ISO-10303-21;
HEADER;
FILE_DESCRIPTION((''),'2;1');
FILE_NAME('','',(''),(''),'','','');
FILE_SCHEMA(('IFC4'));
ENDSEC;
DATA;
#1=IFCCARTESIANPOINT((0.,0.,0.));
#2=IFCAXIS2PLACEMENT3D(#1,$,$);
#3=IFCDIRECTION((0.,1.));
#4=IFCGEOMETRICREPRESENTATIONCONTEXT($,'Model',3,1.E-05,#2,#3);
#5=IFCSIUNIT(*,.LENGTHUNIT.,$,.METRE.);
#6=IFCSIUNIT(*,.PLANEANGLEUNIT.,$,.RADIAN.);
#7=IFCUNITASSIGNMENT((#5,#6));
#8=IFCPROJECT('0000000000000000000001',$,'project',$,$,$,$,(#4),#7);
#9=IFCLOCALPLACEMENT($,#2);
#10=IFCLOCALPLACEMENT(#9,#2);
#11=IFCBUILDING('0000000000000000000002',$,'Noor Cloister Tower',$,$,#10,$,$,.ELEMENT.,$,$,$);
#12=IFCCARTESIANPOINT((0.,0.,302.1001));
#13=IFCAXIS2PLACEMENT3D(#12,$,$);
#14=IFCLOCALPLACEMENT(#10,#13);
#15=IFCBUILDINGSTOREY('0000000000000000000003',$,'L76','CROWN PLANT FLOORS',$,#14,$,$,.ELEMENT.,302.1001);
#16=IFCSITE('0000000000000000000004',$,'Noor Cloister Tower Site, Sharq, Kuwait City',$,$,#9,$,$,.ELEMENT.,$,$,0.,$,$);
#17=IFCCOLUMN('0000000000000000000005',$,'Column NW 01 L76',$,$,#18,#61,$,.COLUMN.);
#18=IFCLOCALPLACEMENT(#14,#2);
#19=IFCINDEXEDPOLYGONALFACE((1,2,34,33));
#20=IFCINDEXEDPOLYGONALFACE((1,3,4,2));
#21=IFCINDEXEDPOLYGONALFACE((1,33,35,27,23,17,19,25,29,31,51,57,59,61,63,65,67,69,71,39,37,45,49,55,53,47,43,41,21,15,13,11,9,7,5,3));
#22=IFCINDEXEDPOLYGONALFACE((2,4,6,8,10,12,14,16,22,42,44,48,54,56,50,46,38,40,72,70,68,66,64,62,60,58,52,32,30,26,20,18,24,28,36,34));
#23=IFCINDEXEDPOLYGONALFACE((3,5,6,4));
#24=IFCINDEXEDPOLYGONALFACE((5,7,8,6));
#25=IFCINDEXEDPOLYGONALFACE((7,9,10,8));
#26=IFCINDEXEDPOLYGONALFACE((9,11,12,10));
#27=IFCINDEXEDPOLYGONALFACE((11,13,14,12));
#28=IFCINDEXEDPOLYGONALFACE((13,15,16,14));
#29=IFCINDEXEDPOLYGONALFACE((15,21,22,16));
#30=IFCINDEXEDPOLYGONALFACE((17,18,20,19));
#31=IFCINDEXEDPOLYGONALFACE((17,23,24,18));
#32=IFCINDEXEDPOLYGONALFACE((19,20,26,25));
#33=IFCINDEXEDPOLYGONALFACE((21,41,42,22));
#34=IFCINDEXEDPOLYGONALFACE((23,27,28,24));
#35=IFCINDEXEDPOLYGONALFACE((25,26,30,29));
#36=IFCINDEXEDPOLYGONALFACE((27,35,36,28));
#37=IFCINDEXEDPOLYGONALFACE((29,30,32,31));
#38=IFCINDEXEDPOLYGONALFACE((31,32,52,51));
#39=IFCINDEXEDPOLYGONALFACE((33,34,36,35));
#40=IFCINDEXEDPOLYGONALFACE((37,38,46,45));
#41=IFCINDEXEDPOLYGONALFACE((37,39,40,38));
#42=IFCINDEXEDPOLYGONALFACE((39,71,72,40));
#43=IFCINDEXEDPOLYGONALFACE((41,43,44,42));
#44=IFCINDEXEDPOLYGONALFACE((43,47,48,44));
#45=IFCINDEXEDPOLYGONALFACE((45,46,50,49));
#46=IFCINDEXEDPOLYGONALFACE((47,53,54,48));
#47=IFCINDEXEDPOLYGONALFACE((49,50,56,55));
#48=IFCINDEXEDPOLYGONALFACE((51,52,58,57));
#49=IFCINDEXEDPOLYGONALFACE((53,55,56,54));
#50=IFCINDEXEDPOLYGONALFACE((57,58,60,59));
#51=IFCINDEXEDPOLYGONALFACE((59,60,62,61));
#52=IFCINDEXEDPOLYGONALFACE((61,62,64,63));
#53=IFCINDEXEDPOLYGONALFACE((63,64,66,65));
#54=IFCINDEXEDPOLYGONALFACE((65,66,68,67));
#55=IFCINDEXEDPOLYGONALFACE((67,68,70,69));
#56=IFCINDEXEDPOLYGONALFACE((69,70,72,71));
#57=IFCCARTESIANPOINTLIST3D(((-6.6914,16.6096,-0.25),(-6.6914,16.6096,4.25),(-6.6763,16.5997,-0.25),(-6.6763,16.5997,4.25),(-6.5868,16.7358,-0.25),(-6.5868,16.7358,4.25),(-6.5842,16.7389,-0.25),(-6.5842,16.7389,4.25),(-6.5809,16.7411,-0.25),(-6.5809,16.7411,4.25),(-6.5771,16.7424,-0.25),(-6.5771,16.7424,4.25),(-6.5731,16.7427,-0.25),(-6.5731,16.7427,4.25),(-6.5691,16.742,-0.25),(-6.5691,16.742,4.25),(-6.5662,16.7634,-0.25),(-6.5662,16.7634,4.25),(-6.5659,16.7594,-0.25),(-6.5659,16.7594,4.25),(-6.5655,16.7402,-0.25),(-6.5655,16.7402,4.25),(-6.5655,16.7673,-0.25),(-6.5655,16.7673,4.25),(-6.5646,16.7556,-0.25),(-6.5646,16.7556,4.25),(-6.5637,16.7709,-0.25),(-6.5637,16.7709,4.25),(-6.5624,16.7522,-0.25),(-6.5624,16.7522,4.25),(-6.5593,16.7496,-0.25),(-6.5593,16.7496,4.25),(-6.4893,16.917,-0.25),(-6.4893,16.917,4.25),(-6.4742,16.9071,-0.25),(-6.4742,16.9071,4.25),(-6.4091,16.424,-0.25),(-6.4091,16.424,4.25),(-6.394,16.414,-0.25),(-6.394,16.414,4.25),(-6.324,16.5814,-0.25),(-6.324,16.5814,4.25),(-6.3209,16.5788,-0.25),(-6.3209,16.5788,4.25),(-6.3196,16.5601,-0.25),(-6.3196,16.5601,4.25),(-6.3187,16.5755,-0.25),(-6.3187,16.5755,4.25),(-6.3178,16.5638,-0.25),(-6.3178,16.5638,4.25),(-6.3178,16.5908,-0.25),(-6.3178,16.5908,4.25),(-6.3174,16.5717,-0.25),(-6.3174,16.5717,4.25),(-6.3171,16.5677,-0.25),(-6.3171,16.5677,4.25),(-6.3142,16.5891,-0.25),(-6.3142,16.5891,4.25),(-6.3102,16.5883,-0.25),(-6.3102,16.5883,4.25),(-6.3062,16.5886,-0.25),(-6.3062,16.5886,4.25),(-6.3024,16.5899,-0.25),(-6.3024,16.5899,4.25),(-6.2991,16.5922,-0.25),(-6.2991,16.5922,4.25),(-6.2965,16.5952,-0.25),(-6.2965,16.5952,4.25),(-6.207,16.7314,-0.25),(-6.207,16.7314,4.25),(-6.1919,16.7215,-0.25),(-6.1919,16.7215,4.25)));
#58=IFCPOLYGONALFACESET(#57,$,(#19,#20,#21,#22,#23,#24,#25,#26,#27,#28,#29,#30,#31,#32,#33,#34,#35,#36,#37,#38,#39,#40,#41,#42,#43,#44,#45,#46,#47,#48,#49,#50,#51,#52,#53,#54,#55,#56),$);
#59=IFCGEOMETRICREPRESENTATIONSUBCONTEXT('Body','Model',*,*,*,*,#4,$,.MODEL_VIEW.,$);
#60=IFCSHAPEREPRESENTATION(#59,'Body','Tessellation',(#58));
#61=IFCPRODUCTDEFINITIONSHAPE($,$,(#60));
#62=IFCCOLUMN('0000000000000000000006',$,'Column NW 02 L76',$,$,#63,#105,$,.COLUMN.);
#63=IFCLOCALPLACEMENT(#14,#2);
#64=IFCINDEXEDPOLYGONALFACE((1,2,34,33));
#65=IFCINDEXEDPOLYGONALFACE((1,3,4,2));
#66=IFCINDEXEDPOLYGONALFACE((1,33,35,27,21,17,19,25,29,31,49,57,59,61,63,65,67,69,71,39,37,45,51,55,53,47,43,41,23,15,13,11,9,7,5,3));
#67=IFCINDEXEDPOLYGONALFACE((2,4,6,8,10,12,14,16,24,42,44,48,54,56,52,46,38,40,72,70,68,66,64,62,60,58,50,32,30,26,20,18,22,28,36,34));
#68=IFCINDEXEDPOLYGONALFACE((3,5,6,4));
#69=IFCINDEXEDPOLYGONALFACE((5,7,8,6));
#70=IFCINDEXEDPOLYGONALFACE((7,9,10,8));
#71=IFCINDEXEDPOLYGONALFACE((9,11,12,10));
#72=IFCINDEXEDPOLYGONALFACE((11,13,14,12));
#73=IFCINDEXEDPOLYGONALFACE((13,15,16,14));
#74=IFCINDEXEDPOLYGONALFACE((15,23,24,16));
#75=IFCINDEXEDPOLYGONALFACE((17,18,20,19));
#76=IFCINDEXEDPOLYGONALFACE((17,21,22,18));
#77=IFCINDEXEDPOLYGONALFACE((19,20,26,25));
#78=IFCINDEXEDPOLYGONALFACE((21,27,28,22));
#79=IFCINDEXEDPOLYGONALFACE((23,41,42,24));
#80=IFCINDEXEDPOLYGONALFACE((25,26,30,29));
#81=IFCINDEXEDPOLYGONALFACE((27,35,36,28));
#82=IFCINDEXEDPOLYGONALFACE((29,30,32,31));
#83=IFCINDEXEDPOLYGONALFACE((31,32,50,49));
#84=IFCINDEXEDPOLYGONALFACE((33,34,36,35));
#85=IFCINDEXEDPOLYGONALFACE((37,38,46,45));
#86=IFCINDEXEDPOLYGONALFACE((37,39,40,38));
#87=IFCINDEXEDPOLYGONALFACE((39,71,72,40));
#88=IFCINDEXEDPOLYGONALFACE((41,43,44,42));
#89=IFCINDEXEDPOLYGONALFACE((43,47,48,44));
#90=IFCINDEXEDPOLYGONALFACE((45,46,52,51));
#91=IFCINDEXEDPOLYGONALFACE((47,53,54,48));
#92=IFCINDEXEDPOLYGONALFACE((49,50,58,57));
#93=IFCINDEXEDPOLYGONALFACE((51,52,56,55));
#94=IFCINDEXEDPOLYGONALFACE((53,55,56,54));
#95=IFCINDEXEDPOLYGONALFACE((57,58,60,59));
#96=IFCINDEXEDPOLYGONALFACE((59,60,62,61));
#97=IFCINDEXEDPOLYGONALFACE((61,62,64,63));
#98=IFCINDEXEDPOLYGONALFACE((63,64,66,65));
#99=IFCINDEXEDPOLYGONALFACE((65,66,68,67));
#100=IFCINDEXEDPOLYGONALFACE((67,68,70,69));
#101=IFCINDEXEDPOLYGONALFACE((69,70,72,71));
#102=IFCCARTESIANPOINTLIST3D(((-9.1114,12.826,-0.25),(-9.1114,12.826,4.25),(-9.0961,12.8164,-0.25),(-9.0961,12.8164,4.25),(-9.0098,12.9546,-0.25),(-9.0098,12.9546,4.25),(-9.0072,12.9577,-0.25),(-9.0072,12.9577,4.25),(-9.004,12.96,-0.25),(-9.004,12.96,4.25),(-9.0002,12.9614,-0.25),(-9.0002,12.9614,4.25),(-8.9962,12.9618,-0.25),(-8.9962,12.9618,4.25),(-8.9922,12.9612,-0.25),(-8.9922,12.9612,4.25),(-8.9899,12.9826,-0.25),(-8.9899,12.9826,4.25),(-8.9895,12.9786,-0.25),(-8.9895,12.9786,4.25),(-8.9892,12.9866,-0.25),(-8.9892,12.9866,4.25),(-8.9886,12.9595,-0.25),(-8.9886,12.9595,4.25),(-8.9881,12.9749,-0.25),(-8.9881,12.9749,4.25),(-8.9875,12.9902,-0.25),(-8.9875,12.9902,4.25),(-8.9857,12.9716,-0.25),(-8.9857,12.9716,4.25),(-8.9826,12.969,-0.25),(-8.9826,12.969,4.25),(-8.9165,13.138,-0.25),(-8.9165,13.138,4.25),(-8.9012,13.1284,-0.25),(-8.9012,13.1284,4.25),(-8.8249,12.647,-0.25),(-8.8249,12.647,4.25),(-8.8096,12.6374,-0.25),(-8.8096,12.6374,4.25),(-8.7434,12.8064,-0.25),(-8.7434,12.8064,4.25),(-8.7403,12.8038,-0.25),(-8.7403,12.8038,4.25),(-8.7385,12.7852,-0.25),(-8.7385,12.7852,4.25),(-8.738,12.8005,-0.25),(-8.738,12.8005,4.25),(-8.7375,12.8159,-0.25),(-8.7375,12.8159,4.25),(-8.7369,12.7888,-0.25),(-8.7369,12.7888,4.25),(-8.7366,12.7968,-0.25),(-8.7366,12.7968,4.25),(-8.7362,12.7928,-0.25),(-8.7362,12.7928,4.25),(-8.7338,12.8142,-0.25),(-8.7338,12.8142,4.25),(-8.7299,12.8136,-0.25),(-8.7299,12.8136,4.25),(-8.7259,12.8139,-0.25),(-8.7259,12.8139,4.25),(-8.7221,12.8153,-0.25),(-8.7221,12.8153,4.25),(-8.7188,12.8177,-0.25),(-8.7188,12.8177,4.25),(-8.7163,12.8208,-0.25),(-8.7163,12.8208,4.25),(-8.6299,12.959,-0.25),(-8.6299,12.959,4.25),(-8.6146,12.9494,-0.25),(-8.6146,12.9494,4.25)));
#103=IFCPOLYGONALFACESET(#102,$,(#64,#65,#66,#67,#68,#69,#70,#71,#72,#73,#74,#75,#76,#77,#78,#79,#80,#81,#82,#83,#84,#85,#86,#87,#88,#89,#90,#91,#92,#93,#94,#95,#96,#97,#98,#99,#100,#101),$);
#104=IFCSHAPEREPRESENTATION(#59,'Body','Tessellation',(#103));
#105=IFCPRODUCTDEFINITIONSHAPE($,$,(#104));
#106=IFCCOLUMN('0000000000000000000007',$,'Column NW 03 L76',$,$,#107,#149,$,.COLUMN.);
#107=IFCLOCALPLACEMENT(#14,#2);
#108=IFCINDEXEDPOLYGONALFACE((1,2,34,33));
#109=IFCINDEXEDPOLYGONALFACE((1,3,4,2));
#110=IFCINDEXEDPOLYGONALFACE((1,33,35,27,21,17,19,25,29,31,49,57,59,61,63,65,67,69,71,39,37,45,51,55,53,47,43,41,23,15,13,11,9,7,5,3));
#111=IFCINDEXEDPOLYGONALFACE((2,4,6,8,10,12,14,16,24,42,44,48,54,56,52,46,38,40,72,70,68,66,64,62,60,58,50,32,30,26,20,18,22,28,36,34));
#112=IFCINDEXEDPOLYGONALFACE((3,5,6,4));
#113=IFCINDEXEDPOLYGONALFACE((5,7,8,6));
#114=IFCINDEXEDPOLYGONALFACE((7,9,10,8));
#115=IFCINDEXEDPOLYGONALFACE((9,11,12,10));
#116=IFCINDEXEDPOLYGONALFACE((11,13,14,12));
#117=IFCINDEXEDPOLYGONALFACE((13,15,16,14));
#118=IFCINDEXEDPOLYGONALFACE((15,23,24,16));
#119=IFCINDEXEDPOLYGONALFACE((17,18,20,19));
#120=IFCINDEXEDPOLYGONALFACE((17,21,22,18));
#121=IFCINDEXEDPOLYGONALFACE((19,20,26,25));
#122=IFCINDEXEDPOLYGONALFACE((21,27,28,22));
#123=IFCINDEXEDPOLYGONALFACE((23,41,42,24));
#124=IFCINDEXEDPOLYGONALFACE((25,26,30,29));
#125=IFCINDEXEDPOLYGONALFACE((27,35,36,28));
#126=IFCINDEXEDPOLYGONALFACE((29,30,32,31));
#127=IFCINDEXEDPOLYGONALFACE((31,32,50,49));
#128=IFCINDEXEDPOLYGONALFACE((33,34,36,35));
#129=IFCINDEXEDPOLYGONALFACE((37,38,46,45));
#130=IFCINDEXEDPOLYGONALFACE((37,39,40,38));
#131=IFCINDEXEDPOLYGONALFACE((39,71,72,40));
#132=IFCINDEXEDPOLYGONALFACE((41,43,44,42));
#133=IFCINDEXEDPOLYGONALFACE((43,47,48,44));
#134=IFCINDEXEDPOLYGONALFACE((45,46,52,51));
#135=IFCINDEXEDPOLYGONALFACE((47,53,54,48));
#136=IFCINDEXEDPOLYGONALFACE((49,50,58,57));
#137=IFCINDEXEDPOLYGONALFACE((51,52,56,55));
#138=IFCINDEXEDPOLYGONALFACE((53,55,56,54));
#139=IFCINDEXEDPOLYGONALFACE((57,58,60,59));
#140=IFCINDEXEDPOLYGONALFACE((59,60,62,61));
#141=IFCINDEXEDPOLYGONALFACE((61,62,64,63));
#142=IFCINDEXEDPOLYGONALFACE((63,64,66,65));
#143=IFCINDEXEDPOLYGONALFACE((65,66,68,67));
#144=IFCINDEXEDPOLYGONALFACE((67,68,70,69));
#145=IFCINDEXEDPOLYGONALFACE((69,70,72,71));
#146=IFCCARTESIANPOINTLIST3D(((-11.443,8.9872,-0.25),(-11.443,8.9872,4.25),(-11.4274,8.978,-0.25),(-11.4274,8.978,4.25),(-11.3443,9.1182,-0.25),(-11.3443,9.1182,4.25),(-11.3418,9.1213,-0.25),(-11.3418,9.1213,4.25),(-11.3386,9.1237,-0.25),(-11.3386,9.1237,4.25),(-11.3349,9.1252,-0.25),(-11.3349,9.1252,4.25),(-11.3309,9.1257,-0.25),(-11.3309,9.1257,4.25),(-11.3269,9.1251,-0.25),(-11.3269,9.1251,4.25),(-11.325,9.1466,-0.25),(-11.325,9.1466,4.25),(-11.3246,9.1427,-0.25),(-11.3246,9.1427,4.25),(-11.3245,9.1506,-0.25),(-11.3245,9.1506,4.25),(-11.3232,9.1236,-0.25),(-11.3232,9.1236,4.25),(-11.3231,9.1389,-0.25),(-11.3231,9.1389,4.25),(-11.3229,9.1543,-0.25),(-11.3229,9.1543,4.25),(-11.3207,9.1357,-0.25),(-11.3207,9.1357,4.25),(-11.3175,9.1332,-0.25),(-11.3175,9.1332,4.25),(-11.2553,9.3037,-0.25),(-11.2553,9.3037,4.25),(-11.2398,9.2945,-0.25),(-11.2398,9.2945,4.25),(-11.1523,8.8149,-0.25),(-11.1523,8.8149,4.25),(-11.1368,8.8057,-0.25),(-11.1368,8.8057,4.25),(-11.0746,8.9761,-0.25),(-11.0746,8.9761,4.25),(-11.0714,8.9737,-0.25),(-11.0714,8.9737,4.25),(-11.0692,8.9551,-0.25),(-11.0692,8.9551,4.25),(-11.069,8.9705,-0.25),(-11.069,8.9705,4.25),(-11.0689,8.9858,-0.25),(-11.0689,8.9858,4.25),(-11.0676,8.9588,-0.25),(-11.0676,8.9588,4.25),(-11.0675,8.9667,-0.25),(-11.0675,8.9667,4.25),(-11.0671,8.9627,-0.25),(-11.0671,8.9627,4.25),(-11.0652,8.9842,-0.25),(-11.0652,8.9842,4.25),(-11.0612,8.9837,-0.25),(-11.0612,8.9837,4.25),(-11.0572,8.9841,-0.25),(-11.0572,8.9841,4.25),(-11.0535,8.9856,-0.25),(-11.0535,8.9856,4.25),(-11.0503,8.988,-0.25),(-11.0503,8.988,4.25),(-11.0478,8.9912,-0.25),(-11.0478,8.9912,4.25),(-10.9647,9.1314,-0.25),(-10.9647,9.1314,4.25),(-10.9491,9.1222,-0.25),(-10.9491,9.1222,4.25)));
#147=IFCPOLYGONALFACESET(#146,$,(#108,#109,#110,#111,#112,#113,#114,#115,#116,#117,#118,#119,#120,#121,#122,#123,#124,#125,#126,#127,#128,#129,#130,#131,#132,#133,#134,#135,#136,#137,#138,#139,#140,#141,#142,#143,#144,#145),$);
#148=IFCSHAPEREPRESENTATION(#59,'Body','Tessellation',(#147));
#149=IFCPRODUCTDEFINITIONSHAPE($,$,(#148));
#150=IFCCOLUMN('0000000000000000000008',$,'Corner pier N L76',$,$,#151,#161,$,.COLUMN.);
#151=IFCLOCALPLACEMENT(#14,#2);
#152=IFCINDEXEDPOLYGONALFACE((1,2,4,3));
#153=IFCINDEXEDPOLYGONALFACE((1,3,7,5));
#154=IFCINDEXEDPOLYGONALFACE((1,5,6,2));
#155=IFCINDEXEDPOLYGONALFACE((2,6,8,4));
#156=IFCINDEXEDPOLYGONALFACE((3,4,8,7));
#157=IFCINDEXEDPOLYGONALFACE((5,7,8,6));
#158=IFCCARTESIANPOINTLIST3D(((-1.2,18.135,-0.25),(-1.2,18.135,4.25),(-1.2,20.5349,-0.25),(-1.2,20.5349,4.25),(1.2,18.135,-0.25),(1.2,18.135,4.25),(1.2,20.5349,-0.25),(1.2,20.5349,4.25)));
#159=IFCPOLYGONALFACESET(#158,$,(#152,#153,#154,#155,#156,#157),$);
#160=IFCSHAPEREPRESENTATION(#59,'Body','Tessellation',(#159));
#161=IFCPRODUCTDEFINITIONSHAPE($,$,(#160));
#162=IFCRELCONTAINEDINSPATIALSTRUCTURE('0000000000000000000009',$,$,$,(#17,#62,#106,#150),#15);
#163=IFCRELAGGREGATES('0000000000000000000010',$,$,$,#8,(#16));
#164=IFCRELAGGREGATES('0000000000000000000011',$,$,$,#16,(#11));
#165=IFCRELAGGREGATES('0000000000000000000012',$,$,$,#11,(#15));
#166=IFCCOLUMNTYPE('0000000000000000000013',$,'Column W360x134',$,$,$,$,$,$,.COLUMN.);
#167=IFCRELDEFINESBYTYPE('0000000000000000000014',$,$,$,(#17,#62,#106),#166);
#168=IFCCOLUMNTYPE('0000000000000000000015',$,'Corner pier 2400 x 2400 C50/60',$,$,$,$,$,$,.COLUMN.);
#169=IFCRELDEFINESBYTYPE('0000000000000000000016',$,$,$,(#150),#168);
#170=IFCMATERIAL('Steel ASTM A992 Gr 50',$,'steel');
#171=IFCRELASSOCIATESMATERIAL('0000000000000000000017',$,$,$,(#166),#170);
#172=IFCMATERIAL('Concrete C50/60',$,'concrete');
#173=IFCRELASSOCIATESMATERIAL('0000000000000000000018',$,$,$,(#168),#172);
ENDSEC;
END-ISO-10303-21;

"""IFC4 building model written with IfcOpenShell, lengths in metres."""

from ifc_helpers import new_model, si_unit, direction, frame, origin, origin_2d, place, context, subcontext, project, spatial, rectangle, i_section, extrude, material, material_profile, profile_set, type_object, element, save


model = new_model("IFC4")

# Units and contexts
model_context = context("Model", 3, precision=1e-05, world=origin(), true_north=direction((0.0, 1.0)))
body_context = subcontext(model_context, "Body", "Model", "MODEL_VIEW")
ifc_project = project(units=[si_unit("LENGTHUNIT", "METRE"), si_unit("PLANEANGLEUNIT", "RADIAN")], contexts=[model_context])

# Site, building, storey
site_placement = place(None, origin())
site = spatial("IfcSite", under=ifc_project, at=site_placement, Name="Noor Cloister Tower Site, Sharq, Kuwait City", CompositionType="ELEMENT", RefElevation=0.0)
building_placement = place(site_placement, origin())
building = spatial("IfcBuilding", under=site, at=building_placement, Name="Noor Cloister Tower", CompositionType="ELEMENT")
storey_placement = place(building_placement, frame((0.0, 0.0, 302.1001)))
storey = spatial("IfcBuildingStorey", under=building, at=storey_placement, Name="L76", Description="CROWN PLANT FLOORS", CompositionType="ELEMENT", Elevation=302.1001)

# Columns
ifc_material_1 = material(Name="Steel ASTM A992 Gr 50", Category="steel")
ifc_material_profile_1 = material_profile(ifc_material_1, i_section(OverallWidth=0.3679, OverallDepth=0.356, WebThickness=0.0112, FlangeThickness=0.0181, FilletRadius=0.0154, at=origin_2d()), Name="W360x134")
ifc_profile_set_1 = profile_set([ifc_material_profile_1], Name="Steel ASTM A992 Gr 50")
column_type_1 = type_object("IfcColumnType", Name="Column W360x134", PredefinedType="COLUMN", material=ifc_profile_set_1)
for number, where, z_axis, x_axis, name in (
    (1, (-6.4417, 16.6655, -0.25), (0.0, 0.0, 1.0), (-0.549345, -0.835596, 0.0), "Column NW 01 L76"),
    (2, (-8.863, 12.8877, -0.25), (0.0, 0.0, 1.0), (-0.529819, -0.848111, 0.0), "Column NW 02 L76"),
    (3, (-11.196, 9.0547, -0.25), (0.0, 0.0, 1.0), (-0.510009, -0.860169, 0.0), "Column NW 03 L76"),
):
    element("IfcColumn", number, at=place(storey_placement, frame(where, z_axis=z_axis, x_axis=x_axis)), inside=storey, type_object=column_type_1, Name=name, PredefinedType="COLUMN", context=body_context, shape_type="SweptSolid", body=[
        extrude(i_section(OverallWidth=0.3679, OverallDepth=0.356, WebThickness=0.0112, FlangeThickness=0.0181, FilletRadius=0.0154, at=origin_2d()), origin(), (0.0, 0.0, 1.0), 4.5),
    ])
ifc_material_2 = material(Name="Concrete C50/60", Category="concrete")
ifc_material_profile_2 = material_profile(ifc_material_2, rectangle(XDim=2.3999, YDim=2.3999, at=origin_2d()), Name="RC 2400x2400")
ifc_profile_set_2 = profile_set([ifc_material_profile_2], Name="Concrete C50/60")
column_type_2 = type_object("IfcColumnType", Name="Corner pier 2400 x 2400 C50/60", PredefinedType="COLUMN", material=ifc_profile_set_2)
column_placement = place(storey_placement, frame((0.0, 19.335, -0.25), z_axis=(0.0, 0.0, 1.0), x_axis=(0.0, 1.0, 0.0)))
element("IfcColumn", 4, at=column_placement, inside=storey, type_object=column_type_2, Name="Corner pier N L76", PredefinedType="COLUMN", context=body_context, shape_type="SweptSolid", body=[
    extrude(rectangle(XDim=2.3999, YDim=2.3999, at=origin_2d()), origin(), (0.0, 0.0, 1.0), 4.5),
])

save(model, "model.ifc")
